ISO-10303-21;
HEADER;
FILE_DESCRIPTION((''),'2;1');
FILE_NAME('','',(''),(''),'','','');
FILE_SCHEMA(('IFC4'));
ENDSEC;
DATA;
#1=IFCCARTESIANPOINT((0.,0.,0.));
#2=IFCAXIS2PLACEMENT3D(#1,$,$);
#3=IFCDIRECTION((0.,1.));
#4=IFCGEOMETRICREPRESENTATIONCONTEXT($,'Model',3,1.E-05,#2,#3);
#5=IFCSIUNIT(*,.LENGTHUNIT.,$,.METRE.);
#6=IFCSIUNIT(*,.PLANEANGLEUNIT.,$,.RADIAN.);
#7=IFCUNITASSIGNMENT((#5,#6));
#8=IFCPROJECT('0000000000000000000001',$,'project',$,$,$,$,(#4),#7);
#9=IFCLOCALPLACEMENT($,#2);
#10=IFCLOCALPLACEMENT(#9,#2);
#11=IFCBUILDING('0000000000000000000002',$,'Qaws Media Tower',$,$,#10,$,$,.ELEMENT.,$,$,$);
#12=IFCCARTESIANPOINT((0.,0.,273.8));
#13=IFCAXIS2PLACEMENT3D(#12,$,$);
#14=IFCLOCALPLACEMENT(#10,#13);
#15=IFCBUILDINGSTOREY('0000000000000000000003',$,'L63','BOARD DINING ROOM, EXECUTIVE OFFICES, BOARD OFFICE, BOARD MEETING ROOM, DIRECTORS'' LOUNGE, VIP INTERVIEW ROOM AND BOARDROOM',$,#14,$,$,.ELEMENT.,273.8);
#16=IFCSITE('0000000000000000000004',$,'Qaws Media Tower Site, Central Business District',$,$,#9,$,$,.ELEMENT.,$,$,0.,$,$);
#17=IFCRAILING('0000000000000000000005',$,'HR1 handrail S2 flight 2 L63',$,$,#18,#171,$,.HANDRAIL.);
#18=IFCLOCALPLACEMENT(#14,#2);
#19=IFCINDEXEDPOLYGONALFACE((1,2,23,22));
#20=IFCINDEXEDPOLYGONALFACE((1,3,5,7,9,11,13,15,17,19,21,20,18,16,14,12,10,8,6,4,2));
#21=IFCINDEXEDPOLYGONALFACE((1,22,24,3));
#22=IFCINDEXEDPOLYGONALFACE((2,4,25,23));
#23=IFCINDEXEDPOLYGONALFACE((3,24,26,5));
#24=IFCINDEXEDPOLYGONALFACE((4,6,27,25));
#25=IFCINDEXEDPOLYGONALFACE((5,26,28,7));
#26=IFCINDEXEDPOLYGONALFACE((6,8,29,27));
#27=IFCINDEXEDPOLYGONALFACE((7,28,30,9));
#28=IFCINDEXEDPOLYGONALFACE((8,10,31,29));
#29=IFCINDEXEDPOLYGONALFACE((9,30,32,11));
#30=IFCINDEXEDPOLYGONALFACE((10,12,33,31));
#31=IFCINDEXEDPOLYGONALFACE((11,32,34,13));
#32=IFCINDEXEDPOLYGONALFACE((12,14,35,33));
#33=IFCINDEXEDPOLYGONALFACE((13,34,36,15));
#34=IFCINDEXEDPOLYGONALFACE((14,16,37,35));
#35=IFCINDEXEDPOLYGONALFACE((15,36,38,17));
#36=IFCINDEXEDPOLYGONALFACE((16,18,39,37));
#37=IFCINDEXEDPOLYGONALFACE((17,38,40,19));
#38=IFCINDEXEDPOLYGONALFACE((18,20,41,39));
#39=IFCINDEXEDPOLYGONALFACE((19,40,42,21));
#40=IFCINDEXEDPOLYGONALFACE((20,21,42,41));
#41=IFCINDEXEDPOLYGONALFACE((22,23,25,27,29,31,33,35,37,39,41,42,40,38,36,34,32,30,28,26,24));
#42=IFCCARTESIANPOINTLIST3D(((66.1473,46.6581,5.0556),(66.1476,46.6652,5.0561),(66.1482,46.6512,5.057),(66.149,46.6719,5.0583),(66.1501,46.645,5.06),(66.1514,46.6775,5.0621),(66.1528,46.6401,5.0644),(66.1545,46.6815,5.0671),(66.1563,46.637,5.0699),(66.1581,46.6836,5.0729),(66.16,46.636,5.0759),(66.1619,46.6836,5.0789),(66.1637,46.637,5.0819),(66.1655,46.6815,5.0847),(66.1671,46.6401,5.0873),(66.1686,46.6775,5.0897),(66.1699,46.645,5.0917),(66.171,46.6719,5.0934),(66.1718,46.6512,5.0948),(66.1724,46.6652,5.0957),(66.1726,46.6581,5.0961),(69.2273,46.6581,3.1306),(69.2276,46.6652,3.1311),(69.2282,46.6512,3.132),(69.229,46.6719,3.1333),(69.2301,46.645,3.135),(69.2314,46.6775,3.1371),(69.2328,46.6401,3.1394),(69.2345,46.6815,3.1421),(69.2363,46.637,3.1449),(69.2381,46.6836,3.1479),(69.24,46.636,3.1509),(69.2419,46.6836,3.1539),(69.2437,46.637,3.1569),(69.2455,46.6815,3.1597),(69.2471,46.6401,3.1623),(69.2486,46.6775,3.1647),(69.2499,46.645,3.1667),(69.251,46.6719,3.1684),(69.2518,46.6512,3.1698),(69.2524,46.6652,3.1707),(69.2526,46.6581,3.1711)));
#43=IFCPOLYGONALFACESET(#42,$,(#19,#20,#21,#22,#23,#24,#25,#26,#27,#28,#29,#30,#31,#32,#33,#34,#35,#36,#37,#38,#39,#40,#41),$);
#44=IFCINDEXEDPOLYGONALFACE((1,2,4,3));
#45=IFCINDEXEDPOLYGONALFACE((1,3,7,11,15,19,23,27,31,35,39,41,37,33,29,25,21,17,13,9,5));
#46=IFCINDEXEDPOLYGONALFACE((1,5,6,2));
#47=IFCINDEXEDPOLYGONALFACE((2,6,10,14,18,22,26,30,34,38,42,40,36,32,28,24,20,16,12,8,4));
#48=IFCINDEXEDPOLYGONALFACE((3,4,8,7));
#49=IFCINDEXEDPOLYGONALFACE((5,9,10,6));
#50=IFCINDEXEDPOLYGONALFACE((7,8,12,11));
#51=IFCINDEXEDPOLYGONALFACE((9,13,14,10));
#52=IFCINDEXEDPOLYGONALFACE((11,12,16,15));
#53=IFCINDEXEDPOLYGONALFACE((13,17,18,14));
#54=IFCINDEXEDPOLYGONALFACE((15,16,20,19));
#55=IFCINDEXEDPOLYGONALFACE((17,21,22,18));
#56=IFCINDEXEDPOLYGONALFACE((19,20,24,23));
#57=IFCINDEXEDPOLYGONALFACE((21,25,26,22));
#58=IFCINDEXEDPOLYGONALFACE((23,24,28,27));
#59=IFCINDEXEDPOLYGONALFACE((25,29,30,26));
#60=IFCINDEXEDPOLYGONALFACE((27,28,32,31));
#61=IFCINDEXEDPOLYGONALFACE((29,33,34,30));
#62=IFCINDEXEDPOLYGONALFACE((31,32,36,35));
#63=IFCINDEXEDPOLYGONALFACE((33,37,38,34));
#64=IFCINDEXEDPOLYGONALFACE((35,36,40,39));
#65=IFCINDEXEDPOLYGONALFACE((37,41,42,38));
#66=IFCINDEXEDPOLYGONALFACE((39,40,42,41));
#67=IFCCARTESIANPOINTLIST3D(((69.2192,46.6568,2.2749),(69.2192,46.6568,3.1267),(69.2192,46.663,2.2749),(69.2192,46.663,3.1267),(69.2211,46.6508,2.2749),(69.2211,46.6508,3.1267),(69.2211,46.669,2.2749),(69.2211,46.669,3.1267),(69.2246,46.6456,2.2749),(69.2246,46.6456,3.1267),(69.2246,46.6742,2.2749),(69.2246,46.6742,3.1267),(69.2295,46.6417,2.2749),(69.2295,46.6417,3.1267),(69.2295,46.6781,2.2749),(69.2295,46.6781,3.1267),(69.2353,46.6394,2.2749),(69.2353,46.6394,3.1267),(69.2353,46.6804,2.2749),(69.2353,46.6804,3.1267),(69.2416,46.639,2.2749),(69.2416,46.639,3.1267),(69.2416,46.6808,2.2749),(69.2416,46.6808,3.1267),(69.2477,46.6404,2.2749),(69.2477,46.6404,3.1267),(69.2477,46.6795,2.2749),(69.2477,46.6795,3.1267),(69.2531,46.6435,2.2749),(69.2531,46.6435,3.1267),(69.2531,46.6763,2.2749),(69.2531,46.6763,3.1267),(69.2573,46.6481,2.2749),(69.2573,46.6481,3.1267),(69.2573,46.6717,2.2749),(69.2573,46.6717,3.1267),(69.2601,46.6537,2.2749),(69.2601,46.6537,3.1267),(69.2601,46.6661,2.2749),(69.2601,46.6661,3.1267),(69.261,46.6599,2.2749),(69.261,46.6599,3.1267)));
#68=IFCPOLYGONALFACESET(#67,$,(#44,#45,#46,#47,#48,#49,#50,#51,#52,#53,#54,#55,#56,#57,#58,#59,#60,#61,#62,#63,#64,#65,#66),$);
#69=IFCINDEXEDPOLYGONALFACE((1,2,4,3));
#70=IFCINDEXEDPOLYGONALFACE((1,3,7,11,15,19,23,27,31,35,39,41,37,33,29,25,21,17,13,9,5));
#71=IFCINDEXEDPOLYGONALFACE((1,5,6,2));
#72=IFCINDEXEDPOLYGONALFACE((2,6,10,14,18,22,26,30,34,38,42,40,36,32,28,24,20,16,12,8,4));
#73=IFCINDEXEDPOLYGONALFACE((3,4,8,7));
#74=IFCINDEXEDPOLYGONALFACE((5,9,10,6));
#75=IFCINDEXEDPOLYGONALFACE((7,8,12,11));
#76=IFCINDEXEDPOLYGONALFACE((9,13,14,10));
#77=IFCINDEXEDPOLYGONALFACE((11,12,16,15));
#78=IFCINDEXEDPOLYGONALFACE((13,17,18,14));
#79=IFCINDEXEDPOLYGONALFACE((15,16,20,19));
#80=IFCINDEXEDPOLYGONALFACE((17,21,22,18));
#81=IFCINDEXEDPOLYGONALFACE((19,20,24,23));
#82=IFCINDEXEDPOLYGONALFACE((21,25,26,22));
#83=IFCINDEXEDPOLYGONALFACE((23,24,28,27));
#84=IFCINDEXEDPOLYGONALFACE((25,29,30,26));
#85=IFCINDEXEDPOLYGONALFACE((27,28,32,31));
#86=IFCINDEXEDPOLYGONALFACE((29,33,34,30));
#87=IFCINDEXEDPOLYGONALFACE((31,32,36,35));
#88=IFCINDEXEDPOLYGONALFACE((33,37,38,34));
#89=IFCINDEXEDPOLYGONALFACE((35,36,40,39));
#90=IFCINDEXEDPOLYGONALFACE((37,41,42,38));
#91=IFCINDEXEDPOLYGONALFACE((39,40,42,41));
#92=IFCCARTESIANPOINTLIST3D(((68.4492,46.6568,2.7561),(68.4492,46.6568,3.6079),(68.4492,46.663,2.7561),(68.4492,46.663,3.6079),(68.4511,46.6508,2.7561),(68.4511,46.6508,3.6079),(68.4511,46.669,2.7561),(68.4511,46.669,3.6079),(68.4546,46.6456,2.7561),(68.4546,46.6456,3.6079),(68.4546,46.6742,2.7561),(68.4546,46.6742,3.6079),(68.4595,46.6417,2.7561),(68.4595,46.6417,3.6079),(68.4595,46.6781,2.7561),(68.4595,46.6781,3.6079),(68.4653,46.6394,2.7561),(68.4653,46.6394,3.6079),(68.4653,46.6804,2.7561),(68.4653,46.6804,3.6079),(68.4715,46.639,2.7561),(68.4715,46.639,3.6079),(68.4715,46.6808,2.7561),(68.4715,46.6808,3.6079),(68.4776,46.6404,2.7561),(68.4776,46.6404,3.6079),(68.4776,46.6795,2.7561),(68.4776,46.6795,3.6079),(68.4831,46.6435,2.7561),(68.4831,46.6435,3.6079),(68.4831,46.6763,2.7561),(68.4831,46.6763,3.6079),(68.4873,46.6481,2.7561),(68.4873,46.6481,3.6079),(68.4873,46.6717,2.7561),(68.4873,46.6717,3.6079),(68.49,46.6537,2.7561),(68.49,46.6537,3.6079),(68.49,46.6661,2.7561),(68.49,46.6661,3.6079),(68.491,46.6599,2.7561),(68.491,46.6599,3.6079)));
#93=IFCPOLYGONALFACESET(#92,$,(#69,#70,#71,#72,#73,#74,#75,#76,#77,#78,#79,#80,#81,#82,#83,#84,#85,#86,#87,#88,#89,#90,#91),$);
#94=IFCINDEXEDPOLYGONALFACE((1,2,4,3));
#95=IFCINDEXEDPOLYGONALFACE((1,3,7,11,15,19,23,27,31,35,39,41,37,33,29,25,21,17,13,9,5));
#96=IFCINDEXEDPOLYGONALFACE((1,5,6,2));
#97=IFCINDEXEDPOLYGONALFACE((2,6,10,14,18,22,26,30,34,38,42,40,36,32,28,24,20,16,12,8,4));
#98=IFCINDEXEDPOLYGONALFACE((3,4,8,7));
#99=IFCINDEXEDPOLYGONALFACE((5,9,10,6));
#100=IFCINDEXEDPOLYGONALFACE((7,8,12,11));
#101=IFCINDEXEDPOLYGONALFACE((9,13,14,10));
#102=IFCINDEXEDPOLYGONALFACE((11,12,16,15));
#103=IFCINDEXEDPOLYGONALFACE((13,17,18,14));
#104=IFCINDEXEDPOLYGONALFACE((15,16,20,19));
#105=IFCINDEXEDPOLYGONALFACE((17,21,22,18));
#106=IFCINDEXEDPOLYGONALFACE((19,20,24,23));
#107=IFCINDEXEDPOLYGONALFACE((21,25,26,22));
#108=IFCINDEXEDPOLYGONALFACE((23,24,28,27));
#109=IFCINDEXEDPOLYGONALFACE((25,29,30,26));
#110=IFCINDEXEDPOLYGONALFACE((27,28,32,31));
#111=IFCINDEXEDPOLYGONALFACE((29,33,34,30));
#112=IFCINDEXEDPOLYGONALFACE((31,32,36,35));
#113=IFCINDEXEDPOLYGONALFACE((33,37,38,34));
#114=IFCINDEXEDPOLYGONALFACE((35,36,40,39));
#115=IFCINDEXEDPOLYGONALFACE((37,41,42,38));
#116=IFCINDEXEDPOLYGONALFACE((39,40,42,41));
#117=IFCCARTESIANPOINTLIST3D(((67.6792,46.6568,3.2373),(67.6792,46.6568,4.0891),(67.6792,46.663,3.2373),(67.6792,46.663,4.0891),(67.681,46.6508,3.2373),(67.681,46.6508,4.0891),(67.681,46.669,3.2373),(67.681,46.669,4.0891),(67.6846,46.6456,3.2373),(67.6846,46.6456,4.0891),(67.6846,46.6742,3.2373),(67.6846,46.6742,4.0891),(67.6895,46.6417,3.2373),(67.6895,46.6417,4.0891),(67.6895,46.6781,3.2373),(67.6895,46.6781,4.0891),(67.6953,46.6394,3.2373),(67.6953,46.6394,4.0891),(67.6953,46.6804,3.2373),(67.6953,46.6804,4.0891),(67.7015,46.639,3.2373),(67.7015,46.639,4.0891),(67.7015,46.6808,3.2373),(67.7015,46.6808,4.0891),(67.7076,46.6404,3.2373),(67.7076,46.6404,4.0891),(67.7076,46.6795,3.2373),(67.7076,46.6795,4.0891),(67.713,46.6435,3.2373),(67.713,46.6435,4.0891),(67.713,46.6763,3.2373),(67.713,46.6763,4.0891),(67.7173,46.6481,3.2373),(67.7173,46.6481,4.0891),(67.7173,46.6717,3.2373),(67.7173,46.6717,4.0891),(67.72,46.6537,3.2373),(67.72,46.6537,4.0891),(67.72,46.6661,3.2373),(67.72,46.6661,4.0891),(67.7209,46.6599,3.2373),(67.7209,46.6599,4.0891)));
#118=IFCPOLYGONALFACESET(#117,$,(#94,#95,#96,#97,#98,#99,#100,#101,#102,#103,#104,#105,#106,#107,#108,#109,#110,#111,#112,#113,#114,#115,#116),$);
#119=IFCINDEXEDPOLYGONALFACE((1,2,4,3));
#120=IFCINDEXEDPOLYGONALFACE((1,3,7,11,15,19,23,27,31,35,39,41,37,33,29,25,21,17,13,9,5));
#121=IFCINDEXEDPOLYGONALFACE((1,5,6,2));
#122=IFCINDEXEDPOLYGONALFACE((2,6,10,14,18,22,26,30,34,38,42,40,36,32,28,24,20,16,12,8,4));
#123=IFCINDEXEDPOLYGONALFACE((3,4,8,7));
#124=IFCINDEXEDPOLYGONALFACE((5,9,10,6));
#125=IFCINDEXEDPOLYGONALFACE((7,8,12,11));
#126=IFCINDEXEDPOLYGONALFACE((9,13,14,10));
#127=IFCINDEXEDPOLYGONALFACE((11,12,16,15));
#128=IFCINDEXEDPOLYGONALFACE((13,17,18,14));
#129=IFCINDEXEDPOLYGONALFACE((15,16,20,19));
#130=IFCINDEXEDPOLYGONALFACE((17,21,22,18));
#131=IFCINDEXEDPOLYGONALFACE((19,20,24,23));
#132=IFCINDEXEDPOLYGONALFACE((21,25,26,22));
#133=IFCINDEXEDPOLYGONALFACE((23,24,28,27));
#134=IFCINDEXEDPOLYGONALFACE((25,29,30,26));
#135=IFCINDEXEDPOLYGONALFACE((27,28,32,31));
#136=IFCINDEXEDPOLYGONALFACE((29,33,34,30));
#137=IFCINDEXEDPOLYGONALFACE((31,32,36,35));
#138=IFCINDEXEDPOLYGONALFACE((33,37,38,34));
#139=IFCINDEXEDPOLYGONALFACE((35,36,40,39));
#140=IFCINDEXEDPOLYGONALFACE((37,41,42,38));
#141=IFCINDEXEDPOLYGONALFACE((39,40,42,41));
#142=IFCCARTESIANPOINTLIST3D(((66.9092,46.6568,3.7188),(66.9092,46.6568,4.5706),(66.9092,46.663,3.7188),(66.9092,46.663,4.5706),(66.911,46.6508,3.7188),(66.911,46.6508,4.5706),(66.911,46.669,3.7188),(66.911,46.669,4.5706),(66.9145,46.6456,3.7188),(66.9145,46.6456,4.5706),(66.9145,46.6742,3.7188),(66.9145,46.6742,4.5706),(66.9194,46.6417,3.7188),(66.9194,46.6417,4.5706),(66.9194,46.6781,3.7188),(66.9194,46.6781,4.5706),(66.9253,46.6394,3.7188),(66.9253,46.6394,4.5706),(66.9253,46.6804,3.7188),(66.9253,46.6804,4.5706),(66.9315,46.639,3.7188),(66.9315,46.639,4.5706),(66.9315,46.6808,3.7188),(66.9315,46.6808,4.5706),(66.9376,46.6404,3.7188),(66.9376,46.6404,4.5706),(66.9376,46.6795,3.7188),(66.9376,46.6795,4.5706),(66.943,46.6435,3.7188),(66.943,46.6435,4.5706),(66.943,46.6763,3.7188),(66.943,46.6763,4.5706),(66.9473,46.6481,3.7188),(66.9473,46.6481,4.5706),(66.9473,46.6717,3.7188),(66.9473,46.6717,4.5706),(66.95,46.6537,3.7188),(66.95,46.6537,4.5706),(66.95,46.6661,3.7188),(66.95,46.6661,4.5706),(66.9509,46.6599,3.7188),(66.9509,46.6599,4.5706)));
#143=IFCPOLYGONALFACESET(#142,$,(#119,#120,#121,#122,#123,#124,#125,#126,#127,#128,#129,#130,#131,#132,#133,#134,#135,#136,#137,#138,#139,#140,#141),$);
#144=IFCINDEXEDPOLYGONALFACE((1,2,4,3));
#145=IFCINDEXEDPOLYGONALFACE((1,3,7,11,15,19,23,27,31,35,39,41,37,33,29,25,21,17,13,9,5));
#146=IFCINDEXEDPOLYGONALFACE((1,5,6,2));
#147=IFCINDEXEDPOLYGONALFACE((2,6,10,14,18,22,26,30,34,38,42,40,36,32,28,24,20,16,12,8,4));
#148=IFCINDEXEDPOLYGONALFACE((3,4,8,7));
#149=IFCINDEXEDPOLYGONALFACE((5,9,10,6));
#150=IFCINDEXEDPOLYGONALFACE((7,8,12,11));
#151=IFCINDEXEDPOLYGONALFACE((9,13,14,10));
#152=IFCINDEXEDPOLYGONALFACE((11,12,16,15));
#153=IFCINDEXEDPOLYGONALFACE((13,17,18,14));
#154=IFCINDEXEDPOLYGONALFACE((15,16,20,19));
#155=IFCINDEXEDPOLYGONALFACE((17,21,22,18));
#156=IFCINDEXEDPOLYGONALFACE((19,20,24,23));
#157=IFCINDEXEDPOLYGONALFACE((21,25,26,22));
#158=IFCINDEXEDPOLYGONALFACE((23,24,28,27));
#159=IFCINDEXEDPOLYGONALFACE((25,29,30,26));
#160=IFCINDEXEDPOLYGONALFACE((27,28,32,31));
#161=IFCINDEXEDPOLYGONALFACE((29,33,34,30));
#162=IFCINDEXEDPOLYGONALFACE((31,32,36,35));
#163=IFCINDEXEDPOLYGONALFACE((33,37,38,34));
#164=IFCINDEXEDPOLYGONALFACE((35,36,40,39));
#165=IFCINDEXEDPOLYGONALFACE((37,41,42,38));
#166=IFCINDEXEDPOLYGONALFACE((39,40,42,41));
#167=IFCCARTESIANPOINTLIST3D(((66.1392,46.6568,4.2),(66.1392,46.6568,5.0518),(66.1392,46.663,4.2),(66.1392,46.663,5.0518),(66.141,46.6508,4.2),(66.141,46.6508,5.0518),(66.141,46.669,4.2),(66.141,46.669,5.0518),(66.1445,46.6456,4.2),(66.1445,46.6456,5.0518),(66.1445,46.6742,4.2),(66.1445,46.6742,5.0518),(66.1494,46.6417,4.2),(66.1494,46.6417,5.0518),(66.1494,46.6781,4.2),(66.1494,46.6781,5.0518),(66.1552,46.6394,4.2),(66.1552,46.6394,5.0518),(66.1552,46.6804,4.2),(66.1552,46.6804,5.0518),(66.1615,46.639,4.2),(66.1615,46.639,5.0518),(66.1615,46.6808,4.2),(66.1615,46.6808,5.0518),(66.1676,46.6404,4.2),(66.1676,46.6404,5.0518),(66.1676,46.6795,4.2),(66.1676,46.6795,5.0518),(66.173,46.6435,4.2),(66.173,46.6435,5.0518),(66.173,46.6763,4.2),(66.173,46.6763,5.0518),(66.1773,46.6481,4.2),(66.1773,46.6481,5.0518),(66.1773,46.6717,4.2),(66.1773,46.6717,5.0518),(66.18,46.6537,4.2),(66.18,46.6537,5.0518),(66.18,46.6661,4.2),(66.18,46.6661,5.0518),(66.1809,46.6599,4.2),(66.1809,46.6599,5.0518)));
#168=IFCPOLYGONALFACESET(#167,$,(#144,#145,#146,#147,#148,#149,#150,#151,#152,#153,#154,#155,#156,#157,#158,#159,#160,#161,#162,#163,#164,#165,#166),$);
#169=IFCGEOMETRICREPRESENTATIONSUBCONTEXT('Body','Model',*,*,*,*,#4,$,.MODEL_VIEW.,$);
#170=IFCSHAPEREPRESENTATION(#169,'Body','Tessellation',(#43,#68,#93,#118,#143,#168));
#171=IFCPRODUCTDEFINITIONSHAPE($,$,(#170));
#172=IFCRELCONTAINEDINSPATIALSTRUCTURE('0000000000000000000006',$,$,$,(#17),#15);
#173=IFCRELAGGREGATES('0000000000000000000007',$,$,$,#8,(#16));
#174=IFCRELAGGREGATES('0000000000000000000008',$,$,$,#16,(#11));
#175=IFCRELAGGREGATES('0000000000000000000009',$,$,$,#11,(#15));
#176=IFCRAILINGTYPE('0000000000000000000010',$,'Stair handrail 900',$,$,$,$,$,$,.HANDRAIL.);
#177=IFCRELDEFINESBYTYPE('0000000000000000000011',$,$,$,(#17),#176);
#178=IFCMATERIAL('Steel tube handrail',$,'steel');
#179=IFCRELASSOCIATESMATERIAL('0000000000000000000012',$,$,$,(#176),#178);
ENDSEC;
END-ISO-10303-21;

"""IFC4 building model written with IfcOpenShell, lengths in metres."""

from ifc_helpers import new_model, si_unit, direction, frame, origin, origin_2d, place, context, subcontext, project, spatial, circle, extrude, material, type_object, element, save


model = new_model("IFC4")

# Units and contexts
model_context = context("Model", 3, precision=1e-05, world=origin(), true_north=direction((0.0, 1.0)))
body_context = subcontext(model_context, "Body", "Model", "MODEL_VIEW")
ifc_project = project(units=[si_unit("LENGTHUNIT", "METRE"), si_unit("PLANEANGLEUNIT", "RADIAN")], contexts=[model_context])

# Site, building, storey
site_placement = place(None, origin())
site = spatial("IfcSite", under=ifc_project, at=site_placement, Name="Qaws Media Tower Site, Central Business District", CompositionType="ELEMENT", RefElevation=0.0)
building_placement = place(site_placement, origin())
building = spatial("IfcBuilding", under=site, at=building_placement, Name="Qaws Media Tower", CompositionType="ELEMENT")
storey_placement = place(building_placement, frame((0.0, 0.0, 273.8)))
storey = spatial("IfcBuildingStorey", under=building, at=storey_placement, Name="L63", Description="BOARD DINING ROOM, EXECUTIVE OFFICES, BOARD OFFICE, BOARD MEETING ROOM, DIRECTORS' LOUNGE, VIP INTERVIEW ROOM AND BOARDROOM", CompositionType="ELEMENT", Elevation=273.8)

# Railing
ifc_material_1 = material(Name="Steel tube handrail", Category="steel")
railing_type = type_object("IfcRailingType", Name="Stair handrail 900", PredefinedType="HANDRAIL", material=ifc_material_1)
for number, where, name in (
    (1, (69.24, 46.6599, 2.2749), "HR1 handrail S2 flight 2 L63"),
):
    element("IfcRailing", number, at=place(storey_placement, frame(where)), inside=storey, type_object=railing_type, Name=name, PredefinedType="HANDRAIL", context=body_context, shape_type="SweptSolid", body=[
        extrude(circle(Radius=0.0239, at=origin_2d()), frame((0.0, 0.0, 0.876), z_axis=(-0.847998, 0.0, 0.529999), x_axis=(0.0, -1.0, 0.0)), (0.0, 0.0, 1.0), 3.6321),
        extrude(circle(Radius=0.021, at=origin_2d()), origin(), (0.0, 0.0, 1.0), 0.8518),
        extrude(circle(Radius=0.021, at=origin_2d()), frame((-0.77, 0.0, 0.4812)), (0.0, 0.0, 1.0), 0.8518),
        extrude(circle(Radius=0.021, at=origin_2d()), frame((-1.54, 0.0, 0.9624)), (0.0, 0.0, 1.0), 0.8518),
        extrude(circle(Radius=0.021, at=origin_2d()), frame((-2.3101, 0.0, 1.4438)), (0.0, 0.0, 1.0), 0.8518),
        extrude(circle(Radius=0.021, at=origin_2d()), frame((-3.0801, 0.0, 1.925)), (0.0, 0.0, 1.0), 0.8518),
    ])

save(model, "model.ifc")
